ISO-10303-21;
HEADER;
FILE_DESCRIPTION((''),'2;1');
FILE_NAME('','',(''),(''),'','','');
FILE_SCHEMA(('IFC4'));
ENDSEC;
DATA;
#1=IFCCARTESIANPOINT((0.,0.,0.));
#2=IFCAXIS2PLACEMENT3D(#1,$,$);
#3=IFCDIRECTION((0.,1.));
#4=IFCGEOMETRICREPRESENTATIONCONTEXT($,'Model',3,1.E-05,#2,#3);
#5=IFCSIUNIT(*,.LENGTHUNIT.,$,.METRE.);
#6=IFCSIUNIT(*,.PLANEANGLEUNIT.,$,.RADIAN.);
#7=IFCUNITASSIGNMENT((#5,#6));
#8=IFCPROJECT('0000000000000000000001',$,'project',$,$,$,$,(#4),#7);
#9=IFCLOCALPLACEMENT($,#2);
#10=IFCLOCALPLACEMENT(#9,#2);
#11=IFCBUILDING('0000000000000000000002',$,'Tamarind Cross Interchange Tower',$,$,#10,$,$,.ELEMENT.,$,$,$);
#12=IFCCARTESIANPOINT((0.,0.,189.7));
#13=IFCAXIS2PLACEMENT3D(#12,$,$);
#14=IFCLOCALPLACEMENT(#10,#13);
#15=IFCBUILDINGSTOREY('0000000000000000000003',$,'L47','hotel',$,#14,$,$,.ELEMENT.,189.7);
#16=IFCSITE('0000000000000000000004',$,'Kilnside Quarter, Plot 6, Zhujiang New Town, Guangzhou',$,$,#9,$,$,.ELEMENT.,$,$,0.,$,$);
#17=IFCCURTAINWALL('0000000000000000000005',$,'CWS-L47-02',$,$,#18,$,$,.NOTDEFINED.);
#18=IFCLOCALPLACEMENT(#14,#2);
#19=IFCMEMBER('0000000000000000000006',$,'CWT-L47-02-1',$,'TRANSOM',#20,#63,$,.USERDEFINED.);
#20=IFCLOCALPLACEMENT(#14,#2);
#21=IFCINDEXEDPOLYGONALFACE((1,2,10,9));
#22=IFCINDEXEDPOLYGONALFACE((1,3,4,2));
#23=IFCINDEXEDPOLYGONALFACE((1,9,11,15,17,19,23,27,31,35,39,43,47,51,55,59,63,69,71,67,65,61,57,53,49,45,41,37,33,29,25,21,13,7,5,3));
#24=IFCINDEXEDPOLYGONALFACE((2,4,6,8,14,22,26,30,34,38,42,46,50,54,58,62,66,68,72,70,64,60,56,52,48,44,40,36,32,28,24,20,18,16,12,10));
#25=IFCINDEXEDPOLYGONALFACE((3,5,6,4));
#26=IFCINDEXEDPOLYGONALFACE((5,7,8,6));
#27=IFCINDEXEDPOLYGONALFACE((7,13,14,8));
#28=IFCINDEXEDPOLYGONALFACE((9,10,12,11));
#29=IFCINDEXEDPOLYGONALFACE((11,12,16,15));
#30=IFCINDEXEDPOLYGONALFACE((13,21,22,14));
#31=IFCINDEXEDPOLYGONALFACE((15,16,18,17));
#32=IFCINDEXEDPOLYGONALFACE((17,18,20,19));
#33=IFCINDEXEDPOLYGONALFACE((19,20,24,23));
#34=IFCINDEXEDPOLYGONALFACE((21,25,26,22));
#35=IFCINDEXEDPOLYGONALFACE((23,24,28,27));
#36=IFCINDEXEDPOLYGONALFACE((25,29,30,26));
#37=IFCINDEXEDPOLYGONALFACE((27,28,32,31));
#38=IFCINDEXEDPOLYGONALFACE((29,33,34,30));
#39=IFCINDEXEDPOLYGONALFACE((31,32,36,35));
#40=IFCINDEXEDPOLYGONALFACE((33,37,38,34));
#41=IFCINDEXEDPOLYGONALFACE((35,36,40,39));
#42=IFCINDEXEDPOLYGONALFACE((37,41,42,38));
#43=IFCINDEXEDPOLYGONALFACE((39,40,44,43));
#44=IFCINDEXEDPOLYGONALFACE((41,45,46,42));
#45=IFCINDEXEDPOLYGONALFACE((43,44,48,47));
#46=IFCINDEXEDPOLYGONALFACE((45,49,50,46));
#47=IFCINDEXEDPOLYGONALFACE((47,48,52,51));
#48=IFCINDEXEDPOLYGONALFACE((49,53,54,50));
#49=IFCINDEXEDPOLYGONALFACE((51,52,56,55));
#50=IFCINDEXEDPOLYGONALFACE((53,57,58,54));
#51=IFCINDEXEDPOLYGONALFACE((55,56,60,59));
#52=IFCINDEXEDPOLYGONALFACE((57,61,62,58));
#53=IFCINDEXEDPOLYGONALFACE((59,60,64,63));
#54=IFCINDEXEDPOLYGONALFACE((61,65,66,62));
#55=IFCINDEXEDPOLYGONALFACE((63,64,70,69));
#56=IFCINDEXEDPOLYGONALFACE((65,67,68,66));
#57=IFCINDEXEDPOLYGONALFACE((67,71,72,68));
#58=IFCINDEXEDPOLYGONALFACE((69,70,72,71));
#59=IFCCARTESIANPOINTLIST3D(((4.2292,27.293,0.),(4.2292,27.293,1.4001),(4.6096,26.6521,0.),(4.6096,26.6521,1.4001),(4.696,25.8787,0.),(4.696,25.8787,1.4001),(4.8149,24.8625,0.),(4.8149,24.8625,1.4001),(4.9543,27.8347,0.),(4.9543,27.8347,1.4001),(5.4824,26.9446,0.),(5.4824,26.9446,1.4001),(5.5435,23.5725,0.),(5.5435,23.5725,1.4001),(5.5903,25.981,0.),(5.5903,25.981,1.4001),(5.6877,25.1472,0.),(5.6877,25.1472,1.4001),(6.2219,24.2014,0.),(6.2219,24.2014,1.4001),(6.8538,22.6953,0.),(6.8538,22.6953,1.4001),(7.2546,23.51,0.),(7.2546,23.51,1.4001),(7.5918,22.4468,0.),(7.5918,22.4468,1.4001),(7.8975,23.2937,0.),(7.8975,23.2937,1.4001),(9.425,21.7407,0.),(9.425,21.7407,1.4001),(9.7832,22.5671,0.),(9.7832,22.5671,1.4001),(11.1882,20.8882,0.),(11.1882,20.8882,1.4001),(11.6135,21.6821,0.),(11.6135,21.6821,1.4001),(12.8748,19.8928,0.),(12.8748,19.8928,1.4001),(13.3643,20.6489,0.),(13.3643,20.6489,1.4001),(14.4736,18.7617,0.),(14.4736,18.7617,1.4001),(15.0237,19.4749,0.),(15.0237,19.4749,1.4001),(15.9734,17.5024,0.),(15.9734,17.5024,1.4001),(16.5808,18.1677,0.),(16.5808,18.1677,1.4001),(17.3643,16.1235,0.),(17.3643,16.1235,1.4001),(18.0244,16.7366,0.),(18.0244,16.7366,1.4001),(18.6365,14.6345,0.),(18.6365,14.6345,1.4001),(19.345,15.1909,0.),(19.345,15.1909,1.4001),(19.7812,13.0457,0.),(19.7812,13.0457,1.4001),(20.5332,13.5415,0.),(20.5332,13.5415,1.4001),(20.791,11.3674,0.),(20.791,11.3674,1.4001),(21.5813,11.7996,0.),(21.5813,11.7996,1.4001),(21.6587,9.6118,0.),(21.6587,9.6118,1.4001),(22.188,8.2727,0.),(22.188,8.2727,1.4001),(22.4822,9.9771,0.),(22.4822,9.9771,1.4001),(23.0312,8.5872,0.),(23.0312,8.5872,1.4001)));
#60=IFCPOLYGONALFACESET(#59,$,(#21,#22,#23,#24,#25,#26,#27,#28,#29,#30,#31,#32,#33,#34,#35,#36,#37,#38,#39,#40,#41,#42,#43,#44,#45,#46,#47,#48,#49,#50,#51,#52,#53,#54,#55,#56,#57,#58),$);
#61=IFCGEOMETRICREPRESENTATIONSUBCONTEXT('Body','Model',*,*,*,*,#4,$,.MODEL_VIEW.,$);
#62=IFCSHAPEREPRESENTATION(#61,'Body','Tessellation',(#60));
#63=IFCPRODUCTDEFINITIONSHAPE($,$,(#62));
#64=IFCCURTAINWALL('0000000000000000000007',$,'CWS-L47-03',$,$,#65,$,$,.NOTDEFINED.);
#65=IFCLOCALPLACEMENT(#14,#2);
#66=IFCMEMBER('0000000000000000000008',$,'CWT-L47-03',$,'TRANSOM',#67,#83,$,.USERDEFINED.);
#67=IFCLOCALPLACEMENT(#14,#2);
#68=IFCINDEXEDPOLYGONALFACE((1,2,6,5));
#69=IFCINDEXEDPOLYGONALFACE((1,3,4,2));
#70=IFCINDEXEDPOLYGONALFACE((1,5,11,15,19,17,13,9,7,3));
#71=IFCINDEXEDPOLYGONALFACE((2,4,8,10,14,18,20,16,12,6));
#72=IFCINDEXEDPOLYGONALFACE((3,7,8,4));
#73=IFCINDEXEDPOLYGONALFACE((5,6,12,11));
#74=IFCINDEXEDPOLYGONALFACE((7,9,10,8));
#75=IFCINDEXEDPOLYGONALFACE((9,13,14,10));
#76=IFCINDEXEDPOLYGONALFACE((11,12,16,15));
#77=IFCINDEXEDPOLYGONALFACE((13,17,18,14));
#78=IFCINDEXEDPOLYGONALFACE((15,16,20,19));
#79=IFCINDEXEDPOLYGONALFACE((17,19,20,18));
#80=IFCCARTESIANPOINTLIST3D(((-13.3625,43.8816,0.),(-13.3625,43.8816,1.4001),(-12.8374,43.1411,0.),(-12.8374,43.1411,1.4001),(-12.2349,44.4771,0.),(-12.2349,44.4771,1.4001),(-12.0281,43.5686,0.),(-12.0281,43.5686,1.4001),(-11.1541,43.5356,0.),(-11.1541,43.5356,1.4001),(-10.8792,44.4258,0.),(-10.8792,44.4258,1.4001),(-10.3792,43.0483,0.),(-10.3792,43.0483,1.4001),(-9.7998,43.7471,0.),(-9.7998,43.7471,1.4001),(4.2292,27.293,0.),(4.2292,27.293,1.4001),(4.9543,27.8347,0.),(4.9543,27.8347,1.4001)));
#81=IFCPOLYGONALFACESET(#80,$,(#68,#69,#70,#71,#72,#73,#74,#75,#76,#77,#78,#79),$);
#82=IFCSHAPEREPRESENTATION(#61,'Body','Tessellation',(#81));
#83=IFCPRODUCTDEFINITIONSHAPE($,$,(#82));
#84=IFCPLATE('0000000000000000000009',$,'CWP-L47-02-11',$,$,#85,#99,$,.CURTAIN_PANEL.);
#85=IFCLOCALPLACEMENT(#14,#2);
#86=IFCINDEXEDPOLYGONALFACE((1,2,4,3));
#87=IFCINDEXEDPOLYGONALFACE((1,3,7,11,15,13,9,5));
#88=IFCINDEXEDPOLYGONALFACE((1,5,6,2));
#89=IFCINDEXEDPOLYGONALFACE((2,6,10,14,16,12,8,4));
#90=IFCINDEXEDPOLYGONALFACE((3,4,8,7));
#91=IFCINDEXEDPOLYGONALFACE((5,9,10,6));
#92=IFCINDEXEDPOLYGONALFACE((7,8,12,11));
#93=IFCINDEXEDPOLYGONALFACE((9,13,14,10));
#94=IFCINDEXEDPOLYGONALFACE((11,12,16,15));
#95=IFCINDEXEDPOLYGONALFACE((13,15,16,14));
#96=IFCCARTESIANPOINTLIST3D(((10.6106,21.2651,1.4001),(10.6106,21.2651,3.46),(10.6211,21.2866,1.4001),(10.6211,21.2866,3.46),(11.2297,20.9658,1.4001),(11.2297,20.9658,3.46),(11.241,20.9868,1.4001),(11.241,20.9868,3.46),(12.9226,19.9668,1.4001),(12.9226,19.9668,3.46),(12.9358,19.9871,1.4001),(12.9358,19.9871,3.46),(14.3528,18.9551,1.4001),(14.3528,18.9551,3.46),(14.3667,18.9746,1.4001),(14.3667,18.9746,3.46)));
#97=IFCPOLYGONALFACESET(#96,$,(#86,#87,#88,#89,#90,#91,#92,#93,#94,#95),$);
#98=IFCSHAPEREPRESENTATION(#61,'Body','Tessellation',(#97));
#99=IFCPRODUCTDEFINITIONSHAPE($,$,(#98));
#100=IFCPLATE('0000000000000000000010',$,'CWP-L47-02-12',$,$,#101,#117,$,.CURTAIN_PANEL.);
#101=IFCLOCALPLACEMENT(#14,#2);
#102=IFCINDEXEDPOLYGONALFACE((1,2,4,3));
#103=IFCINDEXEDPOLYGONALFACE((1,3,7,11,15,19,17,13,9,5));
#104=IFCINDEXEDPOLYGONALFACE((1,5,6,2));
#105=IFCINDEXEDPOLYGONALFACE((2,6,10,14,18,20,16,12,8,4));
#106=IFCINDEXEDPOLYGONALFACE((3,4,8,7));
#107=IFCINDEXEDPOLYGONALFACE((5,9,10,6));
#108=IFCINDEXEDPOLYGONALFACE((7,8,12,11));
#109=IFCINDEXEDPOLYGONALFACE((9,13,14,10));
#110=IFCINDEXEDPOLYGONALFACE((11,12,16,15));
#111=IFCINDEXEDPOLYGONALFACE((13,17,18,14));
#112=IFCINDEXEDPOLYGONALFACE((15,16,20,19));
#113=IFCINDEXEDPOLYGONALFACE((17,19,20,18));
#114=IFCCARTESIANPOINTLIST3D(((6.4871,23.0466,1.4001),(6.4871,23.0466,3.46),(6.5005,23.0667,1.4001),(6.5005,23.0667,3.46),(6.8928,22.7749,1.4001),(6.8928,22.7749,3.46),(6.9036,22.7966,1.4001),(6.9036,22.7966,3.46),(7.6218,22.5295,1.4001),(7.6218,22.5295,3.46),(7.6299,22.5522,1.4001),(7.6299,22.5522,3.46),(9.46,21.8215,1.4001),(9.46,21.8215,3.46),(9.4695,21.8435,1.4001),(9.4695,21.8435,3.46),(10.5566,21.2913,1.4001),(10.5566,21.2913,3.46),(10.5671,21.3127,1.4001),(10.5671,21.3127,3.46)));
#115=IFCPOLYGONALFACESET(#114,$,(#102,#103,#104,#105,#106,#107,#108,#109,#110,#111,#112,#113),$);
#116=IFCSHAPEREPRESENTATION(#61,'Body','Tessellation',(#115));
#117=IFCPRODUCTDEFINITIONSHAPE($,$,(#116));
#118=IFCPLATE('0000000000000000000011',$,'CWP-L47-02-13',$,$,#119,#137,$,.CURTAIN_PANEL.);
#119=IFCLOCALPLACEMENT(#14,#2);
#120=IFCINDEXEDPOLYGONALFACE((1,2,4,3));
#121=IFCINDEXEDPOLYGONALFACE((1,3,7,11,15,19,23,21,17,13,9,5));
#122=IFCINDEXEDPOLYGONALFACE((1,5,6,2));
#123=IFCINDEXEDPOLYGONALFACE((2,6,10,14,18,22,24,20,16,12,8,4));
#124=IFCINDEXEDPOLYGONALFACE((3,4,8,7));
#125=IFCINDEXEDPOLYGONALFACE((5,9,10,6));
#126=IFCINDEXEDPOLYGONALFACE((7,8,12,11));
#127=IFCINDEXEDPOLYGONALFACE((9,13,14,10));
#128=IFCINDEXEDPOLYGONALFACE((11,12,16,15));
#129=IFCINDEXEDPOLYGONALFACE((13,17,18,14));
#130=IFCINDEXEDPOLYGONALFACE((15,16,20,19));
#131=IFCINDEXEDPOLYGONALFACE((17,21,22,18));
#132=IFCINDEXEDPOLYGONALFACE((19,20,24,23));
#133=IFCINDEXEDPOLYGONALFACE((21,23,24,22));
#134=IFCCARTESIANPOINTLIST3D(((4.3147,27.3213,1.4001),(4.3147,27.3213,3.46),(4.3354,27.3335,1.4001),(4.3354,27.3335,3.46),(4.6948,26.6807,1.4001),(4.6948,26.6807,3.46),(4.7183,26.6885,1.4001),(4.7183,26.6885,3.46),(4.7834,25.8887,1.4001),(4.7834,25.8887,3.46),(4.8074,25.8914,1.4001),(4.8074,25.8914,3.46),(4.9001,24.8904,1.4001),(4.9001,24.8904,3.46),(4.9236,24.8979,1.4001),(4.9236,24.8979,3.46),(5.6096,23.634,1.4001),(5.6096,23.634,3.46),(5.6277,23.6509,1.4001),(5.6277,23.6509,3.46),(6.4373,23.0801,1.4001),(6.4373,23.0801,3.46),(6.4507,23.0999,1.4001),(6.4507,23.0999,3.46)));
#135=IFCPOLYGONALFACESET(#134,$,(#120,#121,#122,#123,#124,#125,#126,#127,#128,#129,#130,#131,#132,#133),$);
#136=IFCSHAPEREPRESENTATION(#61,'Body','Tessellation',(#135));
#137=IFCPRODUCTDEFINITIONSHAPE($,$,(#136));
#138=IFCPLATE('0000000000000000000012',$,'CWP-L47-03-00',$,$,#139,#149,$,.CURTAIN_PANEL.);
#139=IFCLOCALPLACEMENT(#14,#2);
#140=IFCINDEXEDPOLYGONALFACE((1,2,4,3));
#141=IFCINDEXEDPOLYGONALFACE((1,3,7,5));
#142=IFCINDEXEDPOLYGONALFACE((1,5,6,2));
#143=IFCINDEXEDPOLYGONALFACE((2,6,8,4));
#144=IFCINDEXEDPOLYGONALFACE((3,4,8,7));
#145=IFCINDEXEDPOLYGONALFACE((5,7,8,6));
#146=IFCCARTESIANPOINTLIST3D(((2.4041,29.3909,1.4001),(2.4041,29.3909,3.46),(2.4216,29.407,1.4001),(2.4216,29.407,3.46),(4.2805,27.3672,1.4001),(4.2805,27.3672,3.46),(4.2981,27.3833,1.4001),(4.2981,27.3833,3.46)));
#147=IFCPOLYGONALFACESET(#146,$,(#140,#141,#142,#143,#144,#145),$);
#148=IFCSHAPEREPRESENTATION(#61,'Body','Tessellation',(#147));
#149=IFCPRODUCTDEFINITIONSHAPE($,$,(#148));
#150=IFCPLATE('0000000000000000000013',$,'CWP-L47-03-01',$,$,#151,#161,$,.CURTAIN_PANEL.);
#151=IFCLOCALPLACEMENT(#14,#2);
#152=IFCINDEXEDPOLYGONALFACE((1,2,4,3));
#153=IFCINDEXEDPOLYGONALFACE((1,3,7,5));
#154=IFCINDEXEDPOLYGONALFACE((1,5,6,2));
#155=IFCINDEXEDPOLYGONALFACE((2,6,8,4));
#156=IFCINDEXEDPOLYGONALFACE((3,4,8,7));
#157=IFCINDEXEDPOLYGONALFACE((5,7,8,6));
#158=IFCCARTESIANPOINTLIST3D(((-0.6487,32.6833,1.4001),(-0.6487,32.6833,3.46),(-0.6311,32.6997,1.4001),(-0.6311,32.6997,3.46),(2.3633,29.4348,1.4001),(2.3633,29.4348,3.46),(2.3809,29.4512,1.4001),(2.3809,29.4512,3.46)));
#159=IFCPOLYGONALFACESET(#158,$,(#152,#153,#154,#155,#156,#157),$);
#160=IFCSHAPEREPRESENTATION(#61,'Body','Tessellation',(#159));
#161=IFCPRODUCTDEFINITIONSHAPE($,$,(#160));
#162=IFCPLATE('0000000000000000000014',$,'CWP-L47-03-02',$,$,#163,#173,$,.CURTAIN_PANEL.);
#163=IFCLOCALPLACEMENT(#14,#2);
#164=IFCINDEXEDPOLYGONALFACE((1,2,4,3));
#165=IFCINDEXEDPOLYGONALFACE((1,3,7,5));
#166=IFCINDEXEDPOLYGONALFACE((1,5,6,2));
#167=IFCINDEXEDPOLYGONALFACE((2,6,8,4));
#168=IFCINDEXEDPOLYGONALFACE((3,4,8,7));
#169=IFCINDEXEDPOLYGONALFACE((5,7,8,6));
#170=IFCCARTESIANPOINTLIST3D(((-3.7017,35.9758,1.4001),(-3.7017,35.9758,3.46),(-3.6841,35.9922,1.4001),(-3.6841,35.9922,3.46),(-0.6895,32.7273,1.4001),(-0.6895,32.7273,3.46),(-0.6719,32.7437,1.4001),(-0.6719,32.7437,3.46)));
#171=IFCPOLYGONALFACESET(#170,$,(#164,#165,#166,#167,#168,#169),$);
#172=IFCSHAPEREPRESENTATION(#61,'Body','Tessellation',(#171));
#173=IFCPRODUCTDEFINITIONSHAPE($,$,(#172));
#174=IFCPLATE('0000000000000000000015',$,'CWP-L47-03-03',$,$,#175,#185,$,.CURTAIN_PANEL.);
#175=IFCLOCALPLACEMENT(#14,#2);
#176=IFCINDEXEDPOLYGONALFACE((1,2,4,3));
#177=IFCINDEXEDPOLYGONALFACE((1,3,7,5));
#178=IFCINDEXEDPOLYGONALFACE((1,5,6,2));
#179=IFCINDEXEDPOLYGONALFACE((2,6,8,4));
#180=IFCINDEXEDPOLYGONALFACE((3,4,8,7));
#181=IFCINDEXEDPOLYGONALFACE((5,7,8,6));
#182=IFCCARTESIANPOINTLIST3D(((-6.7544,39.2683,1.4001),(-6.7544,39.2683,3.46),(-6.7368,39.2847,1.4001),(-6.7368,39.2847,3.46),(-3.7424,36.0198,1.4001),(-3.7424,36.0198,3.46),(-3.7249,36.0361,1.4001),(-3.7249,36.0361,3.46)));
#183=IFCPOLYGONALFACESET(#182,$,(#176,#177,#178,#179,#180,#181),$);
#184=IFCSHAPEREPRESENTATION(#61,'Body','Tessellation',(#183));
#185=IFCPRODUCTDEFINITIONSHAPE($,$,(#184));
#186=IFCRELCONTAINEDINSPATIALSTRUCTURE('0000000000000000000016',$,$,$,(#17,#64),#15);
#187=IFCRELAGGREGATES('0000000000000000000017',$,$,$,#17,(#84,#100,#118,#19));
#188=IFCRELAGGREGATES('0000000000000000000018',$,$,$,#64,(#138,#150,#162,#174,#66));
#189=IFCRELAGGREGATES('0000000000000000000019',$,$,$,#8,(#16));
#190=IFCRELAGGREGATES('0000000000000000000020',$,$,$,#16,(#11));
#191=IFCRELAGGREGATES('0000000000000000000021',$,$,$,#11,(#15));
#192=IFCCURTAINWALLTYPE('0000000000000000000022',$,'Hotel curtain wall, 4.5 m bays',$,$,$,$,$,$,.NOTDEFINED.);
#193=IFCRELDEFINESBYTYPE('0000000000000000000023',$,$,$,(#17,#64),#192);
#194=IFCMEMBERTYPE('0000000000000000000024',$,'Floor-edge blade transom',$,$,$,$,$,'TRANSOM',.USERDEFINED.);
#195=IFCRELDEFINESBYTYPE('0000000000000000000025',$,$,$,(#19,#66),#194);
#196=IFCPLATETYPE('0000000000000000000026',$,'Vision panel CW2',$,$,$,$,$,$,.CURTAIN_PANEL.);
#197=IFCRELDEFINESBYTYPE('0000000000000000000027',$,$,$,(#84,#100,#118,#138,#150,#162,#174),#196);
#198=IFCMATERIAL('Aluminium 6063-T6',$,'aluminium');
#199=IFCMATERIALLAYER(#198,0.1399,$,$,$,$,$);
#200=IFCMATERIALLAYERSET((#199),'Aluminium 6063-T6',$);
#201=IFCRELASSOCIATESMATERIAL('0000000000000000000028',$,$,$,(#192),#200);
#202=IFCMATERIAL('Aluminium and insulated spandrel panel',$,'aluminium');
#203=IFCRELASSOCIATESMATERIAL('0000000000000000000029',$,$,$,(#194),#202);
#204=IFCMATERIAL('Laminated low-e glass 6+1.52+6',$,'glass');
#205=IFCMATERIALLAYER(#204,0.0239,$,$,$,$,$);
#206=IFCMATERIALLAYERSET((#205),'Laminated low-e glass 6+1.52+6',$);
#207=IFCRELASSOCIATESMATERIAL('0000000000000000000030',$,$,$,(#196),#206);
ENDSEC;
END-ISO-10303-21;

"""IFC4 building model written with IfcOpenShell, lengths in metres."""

from ifc_helpers import new_model, si_unit, direction, frame, origin, place, context, subcontext, project, spatial, polyline, outline, extrude, material, layer, layer_set, type_object, element, aggregate, save


model = new_model("IFC4")

# Units and contexts
model_context = context("Model", 3, precision=1e-05, world=origin(), true_north=direction((0.0, 1.0)))
body_context = subcontext(model_context, "Body", "Model", "MODEL_VIEW")
ifc_project = project(units=[si_unit("LENGTHUNIT", "METRE"), si_unit("PLANEANGLEUNIT", "RADIAN")], contexts=[model_context])

# Site, building, storey
site_placement = place(None, origin())
site = spatial("IfcSite", under=ifc_project, at=site_placement, Name="Kilnside Quarter, Plot 6, Zhujiang New Town, Guangzhou", CompositionType="ELEMENT", RefElevation=0.0)
building_placement = place(site_placement, origin())
building = spatial("IfcBuilding", under=site, at=building_placement, Name="Tamarind Cross Interchange Tower", CompositionType="ELEMENT")
storey_placement = place(building_placement, frame((0.0, 0.0, 189.7)))
storey = spatial("IfcBuildingStorey", under=building, at=storey_placement, Name="L47", Description="hotel", CompositionType="ELEMENT", Elevation=189.7)

# Curtain wall, member
ifc_material_1 = material(Name="Aluminium 6063-T6", Category="aluminium")
ifc_layer_1 = layer(ifc_material_1, 0.1399)
ifc_layer_set_1 = layer_set([ifc_layer_1], Name="Aluminium 6063-T6")
curtain_wall_type = type_object("IfcCurtainWallType", Name="Hotel curtain wall, 4.5 m bays", PredefinedType="NOTDEFINED", material=ifc_layer_set_1)
curtain_wall_1_placement = place(storey_placement, origin())
curtain_wall_1 = element("IfcCurtainWall", 1, at=curtain_wall_1_placement, inside=storey, type_object=curtain_wall_type, Name="CWS-L47-02", PredefinedType="NOTDEFINED")
ifc_material_2 = material(Name="Aluminium and insulated spandrel panel", Category="aluminium")
member_type = type_object("IfcMemberType", Name="Floor-edge blade transom", ElementType="TRANSOM", PredefinedType="USERDEFINED", material=ifc_material_2)
member_1_placement = place(storey_placement, origin())
member_1 = element("IfcMember", 2, at=member_1_placement, type_object=member_type, Name="CWT-L47-02-1", ObjectType="TRANSOM", PredefinedType="USERDEFINED", context=body_context, shape_type="SweptSolid", body=[
    extrude(outline(polyline([(22.188, 8.2727), (21.6587, 9.6118), (20.791, 11.3674), (19.7812, 13.0457), (18.6365, 14.6345), (17.3643, 16.1235), (15.9734, 17.5024), (14.4736, 18.7617), (12.8748, 19.8928), (11.1882, 20.8882), (9.425, 21.7407), (7.5918, 22.4468), (6.8538, 22.6953), (5.5435, 23.5725), (4.8149, 24.8625), (4.696, 25.8787), (4.6096, 26.6521), (4.2292, 27.293), (4.9543, 27.8347), (5.4824, 26.9446), (5.5903, 25.981), (5.6877, 25.1472), (6.2219, 24.2014), (7.2546, 23.51), (7.8975, 23.2937), (9.7832, 22.5671), (11.6135, 21.6821), (13.3643, 20.6489), (15.0237, 19.4749), (16.5808, 18.1677), (18.0244, 16.7366), (19.345, 15.1909), (20.5332, 13.5415), (21.5813, 11.7996), (22.4822, 9.9771), (23.0312, 8.5872), (22.188, 8.2727)])), origin(), (0.0, 0.0, 1.0), 1.4001),
])

# Curtain wall, member
curtain_wall_2_placement = place(storey_placement, origin())
curtain_wall_2 = element("IfcCurtainWall", 3, at=curtain_wall_2_placement, inside=storey, type_object=curtain_wall_type, Name="CWS-L47-03", PredefinedType="NOTDEFINED")
member_2_placement = place(storey_placement, origin())
member_2 = element("IfcMember", 4, at=member_2_placement, type_object=member_type, Name="CWT-L47-03", ObjectType="TRANSOM", PredefinedType="USERDEFINED", context=body_context, shape_type="SweptSolid", body=[
    extrude(outline(polyline([(4.2292, 27.293), (-10.3792, 43.0483), (-11.1541, 43.5356), (-12.0281, 43.5686), (-12.8374, 43.1411), (-13.3625, 43.8816), (-12.2349, 44.4771), (-10.8792, 44.4258), (-9.7998, 43.7471), (4.9543, 27.8347), (4.2292, 27.293)])), origin(), (0.0, 0.0, 1.0), 1.4001),
])

# Plates
ifc_material_3 = material(Name="Laminated low-e glass 6+1.52+6", Category="glass")
ifc_layer_2 = layer(ifc_material_3, 0.0239)
ifc_layer_set_2 = layer_set([ifc_layer_2], Name="Laminated low-e glass 6+1.52+6")
plate_type = type_object("IfcPlateType", Name="Vision panel CW2", PredefinedType="CURTAIN_PANEL", material=ifc_layer_set_2)
plate_1_placement = place(storey_placement, frame((0.0, 0.0, 1.4001)))
plate_1 = element("IfcPlate", 5, at=plate_1_placement, type_object=plate_type, Name="CWP-L47-02-11", PredefinedType="CURTAIN_PANEL", context=body_context, shape_type="SweptSolid", body=[
    extrude(outline(polyline([(14.3528, 18.9551), (12.9226, 19.9668), (11.2297, 20.9658), (10.6106, 21.2651), (10.6211, 21.2866), (11.241, 20.9868), (12.9358, 19.9871), (14.3667, 18.9746), (14.3528, 18.9551)])), origin(), (0.0, 0.0, 1.0), 2.0598),
])
plate_2_placement = place(storey_placement, frame((0.0, 0.0, 1.4001)))
plate_2 = element("IfcPlate", 6, at=plate_2_placement, type_object=plate_type, Name="CWP-L47-02-12", PredefinedType="CURTAIN_PANEL", context=body_context, shape_type="SweptSolid", body=[
    extrude(outline(polyline([(10.5566, 21.2913), (9.46, 21.8215), (7.6218, 22.5295), (6.8928, 22.7749), (6.4871, 23.0466), (6.5005, 23.0667), (6.9036, 22.7966), (7.6299, 22.5522), (9.4695, 21.8435), (10.5671, 21.3127), (10.5566, 21.2913)])), origin(), (0.0, 0.0, 1.0), 2.0598),
])
plate_3_placement = place(storey_placement, frame((0.0, 0.0, 1.4001)))
plate_3 = element("IfcPlate", 7, at=plate_3_placement, type_object=plate_type, Name="CWP-L47-02-13", PredefinedType="CURTAIN_PANEL", context=body_context, shape_type="SweptSolid", body=[
    extrude(outline(polyline([(6.4373, 23.0801), (5.6096, 23.634), (4.9001, 24.8904), (4.7834, 25.8887), (4.6948, 26.6807), (4.3147, 27.3213), (4.3354, 27.3335), (4.7183, 26.6885), (4.8074, 25.8914), (4.9236, 24.8979), (5.6277, 23.6509), (6.4507, 23.0999), (6.4373, 23.0801)])), origin(), (0.0, 0.0, 1.0), 2.0598),
])
aggregate(curtain_wall_1, [plate_1, plate_2, plate_3, member_1])
plate_4_placement = place(storey_placement, frame((0.0, 0.0, 1.4001)))
plate_4 = element("IfcPlate", 8, at=plate_4_placement, type_object=plate_type, Name="CWP-L47-03-00", PredefinedType="CURTAIN_PANEL", context=body_context, shape_type="SweptSolid", body=[
    extrude(outline(polyline([(4.2805, 27.3672), (2.4041, 29.3909), (2.4216, 29.407), (4.2981, 27.3833), (4.2805, 27.3672)])), origin(), (0.0, 0.0, 1.0), 2.0598),
])
plate_5_placement = place(storey_placement, frame((0.0, 0.0, 1.4001)))
plate_5 = element("IfcPlate", 9, at=plate_5_placement, type_object=plate_type, Name="CWP-L47-03-01", PredefinedType="CURTAIN_PANEL", context=body_context, shape_type="SweptSolid", body=[
    extrude(outline(polyline([(2.3633, 29.4348), (-0.6487, 32.6833), (-0.6311, 32.6997), (2.3809, 29.4512), (2.3633, 29.4348)])), origin(), (0.0, 0.0, 1.0), 2.0598),
])
plate_6_placement = place(storey_placement, frame((0.0, 0.0, 1.4001)))
plate_6 = element("IfcPlate", 10, at=plate_6_placement, type_object=plate_type, Name="CWP-L47-03-02", PredefinedType="CURTAIN_PANEL", context=body_context, shape_type="SweptSolid", body=[
    extrude(outline(polyline([(-0.6895, 32.7273), (-3.7017, 35.9758), (-3.6841, 35.9922), (-0.6719, 32.7437), (-0.6895, 32.7273)])), origin(), (0.0, 0.0, 1.0), 2.0598),
])
plate_7_placement = place(storey_placement, frame((0.0, 0.0, 1.4001)))
plate_7 = element("IfcPlate", 11, at=plate_7_placement, type_object=plate_type, Name="CWP-L47-03-03", PredefinedType="CURTAIN_PANEL", context=body_context, shape_type="SweptSolid", body=[
    extrude(outline(polyline([(-3.7424, 36.0198), (-6.7544, 39.2683), (-6.7368, 39.2847), (-3.7249, 36.0361), (-3.7424, 36.0198)])), origin(), (0.0, 0.0, 1.0), 2.0598),
])
aggregate(curtain_wall_2, [plate_4, plate_5, plate_6, plate_7, member_2])

save(model, "model.ifc")
